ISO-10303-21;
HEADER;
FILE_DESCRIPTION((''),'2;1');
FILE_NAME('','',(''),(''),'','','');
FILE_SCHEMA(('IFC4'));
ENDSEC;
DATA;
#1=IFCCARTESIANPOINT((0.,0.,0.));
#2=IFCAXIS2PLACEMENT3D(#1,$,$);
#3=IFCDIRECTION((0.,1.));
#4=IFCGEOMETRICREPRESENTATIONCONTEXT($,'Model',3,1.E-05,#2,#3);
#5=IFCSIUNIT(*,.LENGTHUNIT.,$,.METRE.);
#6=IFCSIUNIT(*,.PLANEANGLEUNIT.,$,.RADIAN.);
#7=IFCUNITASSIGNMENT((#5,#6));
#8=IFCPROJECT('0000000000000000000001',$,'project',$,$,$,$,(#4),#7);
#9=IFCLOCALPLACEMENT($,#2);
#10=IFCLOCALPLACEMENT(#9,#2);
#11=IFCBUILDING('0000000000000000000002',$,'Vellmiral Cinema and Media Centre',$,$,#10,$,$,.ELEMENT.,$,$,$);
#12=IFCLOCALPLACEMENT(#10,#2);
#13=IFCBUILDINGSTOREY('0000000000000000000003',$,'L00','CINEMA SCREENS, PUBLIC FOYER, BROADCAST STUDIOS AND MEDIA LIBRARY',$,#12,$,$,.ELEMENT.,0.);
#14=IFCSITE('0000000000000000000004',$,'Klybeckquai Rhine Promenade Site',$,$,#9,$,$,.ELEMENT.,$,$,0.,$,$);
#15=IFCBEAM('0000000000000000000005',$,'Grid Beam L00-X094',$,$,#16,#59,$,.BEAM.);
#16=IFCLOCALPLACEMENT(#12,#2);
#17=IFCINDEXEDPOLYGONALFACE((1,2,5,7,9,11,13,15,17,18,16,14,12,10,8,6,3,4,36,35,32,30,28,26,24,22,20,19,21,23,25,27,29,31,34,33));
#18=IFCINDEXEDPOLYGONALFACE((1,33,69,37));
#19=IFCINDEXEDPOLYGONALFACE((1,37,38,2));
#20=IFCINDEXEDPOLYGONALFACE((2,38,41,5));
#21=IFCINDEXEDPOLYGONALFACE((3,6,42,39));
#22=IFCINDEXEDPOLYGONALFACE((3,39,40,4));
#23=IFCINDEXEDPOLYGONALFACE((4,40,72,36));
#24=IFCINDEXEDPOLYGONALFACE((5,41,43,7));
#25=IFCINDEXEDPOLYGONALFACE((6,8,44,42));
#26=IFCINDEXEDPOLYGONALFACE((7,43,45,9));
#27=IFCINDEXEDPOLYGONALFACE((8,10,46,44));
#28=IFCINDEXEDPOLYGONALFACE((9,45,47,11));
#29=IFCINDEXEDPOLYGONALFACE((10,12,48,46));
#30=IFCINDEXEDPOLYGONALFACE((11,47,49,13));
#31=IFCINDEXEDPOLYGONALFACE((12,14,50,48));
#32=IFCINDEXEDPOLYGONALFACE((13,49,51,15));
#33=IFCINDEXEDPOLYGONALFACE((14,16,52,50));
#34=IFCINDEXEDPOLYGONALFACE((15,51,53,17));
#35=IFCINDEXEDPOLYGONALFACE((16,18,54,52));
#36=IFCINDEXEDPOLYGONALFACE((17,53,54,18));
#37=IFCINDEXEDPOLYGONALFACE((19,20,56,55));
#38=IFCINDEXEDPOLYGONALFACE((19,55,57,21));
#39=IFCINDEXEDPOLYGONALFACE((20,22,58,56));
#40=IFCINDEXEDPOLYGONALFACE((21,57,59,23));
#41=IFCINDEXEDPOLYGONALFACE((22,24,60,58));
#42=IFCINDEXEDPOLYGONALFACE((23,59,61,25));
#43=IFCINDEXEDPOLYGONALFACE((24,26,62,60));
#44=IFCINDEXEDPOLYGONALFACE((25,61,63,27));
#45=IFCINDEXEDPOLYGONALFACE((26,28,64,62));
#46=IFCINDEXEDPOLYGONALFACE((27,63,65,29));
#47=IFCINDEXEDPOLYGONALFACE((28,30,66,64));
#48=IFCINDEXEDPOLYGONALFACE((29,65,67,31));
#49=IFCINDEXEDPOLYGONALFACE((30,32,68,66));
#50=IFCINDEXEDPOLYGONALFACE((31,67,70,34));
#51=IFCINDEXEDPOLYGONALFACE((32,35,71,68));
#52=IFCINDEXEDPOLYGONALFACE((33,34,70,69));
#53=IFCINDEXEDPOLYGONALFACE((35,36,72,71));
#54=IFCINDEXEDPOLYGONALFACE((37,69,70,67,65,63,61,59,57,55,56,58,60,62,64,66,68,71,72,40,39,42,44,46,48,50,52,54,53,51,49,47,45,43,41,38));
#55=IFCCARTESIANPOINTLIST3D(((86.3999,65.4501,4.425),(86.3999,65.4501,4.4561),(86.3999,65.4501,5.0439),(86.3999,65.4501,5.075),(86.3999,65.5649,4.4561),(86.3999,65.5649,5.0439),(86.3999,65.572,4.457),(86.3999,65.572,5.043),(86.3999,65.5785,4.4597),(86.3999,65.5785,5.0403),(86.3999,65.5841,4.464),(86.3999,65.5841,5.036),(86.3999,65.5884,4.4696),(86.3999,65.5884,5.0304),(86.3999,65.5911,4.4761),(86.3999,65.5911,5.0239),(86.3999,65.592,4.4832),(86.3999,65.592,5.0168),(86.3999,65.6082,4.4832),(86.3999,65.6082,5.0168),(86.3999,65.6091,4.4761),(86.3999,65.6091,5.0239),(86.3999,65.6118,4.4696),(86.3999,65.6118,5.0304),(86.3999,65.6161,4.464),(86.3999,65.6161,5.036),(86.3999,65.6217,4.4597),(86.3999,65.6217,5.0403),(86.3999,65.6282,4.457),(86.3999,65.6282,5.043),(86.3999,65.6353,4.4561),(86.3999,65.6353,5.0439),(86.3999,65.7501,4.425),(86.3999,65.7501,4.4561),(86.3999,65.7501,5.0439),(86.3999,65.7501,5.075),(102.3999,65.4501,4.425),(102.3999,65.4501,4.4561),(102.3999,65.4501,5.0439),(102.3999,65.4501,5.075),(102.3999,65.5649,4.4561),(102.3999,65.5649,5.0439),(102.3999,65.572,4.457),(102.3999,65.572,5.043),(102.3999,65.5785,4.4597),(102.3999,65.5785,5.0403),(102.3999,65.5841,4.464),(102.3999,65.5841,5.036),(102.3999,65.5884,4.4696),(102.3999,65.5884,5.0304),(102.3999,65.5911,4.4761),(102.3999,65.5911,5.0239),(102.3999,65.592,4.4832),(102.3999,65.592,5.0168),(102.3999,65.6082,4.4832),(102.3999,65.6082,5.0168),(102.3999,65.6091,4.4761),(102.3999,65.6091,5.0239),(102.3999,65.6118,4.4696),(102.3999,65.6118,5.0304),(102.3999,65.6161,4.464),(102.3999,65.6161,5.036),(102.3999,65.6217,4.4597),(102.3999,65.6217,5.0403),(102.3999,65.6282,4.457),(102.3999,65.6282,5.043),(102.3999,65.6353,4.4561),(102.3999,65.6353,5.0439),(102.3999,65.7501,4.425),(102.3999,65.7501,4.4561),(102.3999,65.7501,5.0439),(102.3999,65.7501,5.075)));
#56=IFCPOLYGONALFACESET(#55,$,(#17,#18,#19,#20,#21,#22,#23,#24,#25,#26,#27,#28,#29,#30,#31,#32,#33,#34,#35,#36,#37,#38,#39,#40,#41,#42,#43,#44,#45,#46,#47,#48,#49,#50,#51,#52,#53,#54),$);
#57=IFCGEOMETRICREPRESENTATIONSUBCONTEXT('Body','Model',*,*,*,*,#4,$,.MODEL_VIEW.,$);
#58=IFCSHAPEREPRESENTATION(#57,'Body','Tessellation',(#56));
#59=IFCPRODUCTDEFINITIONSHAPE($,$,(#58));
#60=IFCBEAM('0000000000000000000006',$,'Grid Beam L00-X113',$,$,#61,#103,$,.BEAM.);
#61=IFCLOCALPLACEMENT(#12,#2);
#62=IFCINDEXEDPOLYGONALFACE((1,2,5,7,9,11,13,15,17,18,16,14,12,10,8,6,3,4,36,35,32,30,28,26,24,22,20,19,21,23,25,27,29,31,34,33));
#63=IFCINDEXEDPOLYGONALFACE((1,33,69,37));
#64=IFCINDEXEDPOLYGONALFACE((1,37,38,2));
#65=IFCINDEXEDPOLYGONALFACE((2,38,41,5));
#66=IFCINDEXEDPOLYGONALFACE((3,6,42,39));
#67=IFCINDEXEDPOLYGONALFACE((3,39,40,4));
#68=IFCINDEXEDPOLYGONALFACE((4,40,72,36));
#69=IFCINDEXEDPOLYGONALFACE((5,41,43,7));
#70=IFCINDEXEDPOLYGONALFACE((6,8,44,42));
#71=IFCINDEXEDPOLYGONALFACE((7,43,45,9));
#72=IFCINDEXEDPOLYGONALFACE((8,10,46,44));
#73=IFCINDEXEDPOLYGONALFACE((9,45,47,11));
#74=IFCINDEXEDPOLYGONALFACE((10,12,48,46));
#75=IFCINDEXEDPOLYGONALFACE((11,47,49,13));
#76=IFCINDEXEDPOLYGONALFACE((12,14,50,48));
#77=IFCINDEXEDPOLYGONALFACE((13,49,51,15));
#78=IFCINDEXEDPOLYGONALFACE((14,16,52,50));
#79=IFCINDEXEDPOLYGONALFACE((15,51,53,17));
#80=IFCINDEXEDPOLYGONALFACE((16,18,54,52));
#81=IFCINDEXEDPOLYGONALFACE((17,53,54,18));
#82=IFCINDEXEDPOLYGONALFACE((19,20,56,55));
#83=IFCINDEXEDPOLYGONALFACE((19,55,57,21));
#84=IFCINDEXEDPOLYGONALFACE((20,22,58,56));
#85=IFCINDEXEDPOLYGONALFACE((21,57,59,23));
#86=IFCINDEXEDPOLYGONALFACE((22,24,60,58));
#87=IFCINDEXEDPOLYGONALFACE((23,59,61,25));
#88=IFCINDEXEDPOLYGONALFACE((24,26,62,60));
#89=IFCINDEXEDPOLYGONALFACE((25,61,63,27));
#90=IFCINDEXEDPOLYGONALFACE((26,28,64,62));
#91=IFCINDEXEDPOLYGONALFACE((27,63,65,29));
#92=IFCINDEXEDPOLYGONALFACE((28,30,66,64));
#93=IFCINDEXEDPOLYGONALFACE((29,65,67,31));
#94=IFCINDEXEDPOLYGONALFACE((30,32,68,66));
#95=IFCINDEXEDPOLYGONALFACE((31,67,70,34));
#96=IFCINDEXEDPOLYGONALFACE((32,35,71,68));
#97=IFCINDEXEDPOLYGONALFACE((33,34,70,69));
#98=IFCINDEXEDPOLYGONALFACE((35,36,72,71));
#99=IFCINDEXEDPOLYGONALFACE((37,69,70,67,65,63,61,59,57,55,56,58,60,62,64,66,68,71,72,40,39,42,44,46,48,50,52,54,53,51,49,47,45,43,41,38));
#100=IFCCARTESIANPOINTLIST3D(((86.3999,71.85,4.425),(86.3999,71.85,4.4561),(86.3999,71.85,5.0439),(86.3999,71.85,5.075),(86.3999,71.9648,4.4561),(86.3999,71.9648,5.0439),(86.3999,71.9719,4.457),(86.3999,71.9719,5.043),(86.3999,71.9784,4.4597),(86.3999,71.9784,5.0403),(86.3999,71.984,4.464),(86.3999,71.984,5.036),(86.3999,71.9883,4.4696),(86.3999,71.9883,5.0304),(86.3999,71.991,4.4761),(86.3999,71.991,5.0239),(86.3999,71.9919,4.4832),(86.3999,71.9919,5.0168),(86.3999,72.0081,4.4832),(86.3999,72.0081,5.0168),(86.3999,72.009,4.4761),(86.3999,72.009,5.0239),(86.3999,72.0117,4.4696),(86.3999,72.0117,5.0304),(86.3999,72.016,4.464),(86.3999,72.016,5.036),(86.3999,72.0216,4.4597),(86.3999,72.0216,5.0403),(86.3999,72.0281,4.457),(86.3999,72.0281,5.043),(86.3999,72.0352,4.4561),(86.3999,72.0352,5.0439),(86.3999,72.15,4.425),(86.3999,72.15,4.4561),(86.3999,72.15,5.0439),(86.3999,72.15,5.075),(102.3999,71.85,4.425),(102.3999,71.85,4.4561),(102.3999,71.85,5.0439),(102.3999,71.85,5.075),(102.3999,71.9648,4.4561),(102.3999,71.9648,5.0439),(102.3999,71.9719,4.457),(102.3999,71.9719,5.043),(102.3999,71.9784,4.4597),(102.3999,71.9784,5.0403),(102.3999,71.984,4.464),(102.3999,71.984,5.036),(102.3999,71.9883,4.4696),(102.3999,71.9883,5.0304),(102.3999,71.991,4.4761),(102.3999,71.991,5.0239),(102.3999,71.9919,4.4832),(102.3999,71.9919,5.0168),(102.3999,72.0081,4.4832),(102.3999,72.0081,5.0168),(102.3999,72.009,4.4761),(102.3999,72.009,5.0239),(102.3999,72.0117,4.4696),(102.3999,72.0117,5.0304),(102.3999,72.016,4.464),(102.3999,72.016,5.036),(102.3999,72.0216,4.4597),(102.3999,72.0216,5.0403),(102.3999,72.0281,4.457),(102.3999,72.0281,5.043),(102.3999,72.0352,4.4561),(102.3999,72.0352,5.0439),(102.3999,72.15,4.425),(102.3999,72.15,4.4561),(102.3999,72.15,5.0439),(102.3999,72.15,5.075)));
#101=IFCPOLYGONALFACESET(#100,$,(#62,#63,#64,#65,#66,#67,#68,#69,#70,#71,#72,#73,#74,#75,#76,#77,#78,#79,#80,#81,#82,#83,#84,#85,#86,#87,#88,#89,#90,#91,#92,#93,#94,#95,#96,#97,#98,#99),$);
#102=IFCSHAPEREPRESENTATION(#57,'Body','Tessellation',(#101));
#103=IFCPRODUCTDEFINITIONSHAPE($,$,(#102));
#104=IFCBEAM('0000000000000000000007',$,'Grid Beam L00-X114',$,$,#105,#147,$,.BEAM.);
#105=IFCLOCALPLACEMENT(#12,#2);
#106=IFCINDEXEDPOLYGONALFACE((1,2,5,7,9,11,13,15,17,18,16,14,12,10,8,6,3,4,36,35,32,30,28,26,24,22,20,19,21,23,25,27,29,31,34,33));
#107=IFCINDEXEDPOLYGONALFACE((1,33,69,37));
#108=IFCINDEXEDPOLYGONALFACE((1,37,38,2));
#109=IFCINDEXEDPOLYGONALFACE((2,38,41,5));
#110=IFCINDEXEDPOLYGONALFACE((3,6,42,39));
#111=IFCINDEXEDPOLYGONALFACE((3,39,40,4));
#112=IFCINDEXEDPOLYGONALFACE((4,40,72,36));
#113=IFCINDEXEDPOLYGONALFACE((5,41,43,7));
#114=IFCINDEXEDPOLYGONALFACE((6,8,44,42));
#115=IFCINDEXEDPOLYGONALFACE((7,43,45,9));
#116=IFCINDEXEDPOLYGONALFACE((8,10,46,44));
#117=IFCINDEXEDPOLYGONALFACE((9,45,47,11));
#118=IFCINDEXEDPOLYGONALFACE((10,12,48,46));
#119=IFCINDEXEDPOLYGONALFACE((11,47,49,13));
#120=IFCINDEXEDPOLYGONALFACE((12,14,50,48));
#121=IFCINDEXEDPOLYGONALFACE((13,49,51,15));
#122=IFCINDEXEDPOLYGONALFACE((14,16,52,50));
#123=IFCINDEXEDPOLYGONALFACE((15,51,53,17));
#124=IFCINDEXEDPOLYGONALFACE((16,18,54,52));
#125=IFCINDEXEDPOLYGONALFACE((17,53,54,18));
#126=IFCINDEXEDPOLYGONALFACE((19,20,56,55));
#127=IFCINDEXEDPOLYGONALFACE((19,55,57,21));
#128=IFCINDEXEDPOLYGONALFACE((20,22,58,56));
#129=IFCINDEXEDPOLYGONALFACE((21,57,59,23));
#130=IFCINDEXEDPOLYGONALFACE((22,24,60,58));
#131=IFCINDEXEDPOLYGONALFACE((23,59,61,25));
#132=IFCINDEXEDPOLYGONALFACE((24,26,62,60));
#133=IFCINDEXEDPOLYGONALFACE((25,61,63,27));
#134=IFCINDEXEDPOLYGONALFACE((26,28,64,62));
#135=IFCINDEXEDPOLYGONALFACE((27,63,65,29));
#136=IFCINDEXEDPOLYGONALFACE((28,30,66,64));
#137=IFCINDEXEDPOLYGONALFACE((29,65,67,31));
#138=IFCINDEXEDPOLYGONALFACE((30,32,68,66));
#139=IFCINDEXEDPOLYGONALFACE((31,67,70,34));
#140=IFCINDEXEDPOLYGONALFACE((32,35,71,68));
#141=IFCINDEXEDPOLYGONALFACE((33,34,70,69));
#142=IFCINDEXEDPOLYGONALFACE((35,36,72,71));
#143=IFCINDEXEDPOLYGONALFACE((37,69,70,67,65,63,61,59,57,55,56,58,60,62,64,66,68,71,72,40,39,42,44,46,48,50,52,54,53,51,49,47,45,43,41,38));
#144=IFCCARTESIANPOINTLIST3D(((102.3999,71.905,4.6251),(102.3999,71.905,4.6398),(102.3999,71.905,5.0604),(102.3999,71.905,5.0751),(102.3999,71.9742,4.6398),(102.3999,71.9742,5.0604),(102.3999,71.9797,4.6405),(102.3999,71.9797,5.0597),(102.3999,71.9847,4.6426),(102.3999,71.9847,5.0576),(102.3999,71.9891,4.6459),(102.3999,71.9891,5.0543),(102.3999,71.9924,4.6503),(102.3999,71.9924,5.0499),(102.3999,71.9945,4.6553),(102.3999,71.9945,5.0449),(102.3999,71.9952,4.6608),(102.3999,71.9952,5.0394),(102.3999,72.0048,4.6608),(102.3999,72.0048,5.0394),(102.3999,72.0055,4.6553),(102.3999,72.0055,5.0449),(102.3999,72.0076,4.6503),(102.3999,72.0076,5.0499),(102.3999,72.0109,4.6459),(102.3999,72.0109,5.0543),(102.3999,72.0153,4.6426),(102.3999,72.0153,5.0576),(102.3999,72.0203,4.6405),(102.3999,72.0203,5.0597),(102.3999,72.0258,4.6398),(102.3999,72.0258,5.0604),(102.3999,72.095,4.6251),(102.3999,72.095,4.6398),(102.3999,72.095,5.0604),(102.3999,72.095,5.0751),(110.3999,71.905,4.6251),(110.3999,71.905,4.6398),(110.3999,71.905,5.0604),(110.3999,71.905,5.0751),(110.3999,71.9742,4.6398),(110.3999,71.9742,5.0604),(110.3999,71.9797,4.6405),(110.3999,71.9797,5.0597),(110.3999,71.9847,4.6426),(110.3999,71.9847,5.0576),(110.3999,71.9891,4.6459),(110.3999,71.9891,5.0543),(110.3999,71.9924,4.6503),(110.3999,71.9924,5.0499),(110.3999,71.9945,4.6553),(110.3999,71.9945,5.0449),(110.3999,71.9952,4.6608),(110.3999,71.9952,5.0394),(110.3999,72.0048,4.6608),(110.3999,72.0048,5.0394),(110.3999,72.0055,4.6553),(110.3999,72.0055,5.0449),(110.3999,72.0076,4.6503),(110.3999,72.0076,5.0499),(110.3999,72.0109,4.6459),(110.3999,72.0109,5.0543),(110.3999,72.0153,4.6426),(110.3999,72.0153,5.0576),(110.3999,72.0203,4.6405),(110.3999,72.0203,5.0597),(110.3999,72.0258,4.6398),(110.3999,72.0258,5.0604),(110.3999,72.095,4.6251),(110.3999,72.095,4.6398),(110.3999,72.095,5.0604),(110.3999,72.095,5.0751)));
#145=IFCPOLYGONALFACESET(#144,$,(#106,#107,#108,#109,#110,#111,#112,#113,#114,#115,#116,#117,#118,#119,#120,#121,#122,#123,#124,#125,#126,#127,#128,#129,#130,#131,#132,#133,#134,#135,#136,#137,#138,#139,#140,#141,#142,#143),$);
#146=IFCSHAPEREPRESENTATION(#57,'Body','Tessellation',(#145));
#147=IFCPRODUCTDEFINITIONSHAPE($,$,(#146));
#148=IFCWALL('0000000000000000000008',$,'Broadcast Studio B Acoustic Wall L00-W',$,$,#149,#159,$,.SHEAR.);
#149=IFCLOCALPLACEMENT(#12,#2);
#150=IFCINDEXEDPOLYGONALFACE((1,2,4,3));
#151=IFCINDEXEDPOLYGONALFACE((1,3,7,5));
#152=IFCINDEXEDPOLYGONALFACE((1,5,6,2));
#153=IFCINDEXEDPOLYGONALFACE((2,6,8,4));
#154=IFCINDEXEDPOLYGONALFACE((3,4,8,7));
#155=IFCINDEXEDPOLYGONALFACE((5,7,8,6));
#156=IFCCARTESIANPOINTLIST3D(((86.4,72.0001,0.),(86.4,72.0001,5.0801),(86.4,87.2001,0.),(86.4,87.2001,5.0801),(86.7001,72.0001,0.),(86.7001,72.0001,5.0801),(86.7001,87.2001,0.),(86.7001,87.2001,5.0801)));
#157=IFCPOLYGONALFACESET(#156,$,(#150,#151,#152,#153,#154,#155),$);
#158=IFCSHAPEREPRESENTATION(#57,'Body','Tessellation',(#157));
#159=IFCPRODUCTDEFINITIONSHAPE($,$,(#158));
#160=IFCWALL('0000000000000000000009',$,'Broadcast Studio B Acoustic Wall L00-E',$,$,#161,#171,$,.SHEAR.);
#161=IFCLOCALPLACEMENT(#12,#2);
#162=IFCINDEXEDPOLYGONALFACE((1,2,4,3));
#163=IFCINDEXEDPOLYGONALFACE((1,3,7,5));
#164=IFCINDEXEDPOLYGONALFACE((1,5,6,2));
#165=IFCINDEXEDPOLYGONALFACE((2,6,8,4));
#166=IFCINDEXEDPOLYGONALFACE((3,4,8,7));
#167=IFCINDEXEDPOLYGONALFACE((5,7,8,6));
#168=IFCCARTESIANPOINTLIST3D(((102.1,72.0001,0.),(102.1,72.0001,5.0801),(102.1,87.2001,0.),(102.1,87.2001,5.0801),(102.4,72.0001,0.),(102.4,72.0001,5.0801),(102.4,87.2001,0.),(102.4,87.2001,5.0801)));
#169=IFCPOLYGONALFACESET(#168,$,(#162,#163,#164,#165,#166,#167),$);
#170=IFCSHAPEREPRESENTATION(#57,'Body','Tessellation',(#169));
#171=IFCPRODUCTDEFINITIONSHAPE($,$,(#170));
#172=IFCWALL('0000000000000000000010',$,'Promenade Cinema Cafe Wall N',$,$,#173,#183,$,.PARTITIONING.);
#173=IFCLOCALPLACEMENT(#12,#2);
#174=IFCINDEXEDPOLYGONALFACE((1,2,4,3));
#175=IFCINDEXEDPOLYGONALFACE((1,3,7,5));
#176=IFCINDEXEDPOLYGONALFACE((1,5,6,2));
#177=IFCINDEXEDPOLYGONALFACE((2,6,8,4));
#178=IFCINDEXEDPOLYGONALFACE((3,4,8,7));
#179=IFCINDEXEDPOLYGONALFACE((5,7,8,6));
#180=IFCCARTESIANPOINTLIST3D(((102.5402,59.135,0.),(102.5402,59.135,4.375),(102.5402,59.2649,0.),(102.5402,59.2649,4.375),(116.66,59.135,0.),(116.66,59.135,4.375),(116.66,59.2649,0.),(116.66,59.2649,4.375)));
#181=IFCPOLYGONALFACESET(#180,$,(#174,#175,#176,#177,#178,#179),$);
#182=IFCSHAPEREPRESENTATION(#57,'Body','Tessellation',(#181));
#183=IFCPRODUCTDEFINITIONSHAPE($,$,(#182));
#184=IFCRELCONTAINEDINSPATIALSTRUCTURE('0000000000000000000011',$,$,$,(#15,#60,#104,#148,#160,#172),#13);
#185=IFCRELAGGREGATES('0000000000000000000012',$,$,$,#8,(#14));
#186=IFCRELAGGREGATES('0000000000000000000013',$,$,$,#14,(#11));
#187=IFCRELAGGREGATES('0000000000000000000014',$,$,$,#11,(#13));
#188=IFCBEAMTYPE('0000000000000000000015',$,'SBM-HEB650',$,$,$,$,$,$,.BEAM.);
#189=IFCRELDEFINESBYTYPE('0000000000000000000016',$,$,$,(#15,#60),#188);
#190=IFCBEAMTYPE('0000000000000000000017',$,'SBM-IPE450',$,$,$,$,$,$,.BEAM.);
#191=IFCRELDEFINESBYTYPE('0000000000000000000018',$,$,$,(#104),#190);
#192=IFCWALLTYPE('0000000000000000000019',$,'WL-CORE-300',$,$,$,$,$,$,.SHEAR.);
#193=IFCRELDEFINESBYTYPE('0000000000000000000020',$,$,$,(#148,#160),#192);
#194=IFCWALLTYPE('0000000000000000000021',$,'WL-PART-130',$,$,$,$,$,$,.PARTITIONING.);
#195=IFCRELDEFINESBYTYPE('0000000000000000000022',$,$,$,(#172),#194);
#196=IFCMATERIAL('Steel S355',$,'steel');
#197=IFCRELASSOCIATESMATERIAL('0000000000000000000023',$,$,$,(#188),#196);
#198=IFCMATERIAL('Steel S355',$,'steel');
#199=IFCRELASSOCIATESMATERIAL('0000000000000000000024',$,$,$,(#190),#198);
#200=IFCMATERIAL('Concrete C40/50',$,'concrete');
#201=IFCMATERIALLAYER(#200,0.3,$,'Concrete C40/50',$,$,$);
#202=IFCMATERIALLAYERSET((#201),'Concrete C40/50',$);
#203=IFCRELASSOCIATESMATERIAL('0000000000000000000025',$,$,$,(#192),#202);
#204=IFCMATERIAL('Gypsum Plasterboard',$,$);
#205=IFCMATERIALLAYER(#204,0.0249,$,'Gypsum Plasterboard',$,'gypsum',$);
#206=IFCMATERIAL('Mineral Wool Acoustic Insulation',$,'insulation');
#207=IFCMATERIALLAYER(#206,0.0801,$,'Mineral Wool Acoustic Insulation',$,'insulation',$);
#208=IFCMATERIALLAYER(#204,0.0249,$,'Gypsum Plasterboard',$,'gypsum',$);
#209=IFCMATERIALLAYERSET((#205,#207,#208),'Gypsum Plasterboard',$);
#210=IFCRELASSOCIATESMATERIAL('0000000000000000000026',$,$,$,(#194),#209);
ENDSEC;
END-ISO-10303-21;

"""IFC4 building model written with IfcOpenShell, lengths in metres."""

from ifc_helpers import new_model, si_unit, direction, frame, frame_2d, origin, origin_2d, place, context, subcontext, project, spatial, rectangle, i_section, extrude, material, layer, layer_set, material_profile, profile_set, type_object, element, save


model = new_model("IFC4")

# Units and contexts
model_context = context("Model", 3, precision=1e-05, world=origin(), true_north=direction((0.0, 1.0)))
body_context = subcontext(model_context, "Body", "Model", "MODEL_VIEW")
ifc_project = project(units=[si_unit("LENGTHUNIT", "METRE"), si_unit("PLANEANGLEUNIT", "RADIAN")], contexts=[model_context])

# Site, building, storey
site_placement = place(None, origin())
site = spatial("IfcSite", under=ifc_project, at=site_placement, Name="Klybeckquai Rhine Promenade Site", CompositionType="ELEMENT", RefElevation=0.0)
building_placement = place(site_placement, origin())
building = spatial("IfcBuilding", under=site, at=building_placement, Name="Vellmiral Cinema and Media Centre", CompositionType="ELEMENT")
storey_placement = place(building_placement, origin())
storey = spatial("IfcBuildingStorey", under=building, at=storey_placement, Name="L00", Description="CINEMA SCREENS, PUBLIC FOYER, BROADCAST STUDIOS AND MEDIA LIBRARY", CompositionType="ELEMENT", Elevation=0.0)

# Beams
ifc_material_1 = material(Name="Steel S355", Category="steel")
ifc_material_profile_1 = material_profile(ifc_material_1, i_section(OverallWidth=0.3, OverallDepth=0.6499, WebThickness=0.0161, FlangeThickness=0.031, FilletRadius=0.0271, at=origin_2d()), Name="HEB 650")
ifc_profile_set_1 = profile_set([ifc_material_profile_1], Name="Steel S355")
beam_type_1 = type_object("IfcBeamType", Name="SBM-HEB650", PredefinedType="BEAM", material=ifc_profile_set_1)
for number, where, z_axis, x_axis, name in (
    (1, (86.3999, 65.6001, 4.75), (1.0, 0.0, 0.0), (0.0, 1.0, 0.0), "Grid Beam L00-X094"),
    (2, (86.3999, 72.0, 4.75), (1.0, 0.0, 0.0), (0.0, 1.0, 0.0), "Grid Beam L00-X113"),
):
    element("IfcBeam", number, at=place(storey_placement, frame(where, z_axis=z_axis, x_axis=x_axis)), inside=storey, type_object=beam_type_1, Name=name, PredefinedType="BEAM", context=body_context, shape_type="SweptSolid", body=[
        extrude(i_section(OverallWidth=0.3, OverallDepth=0.6499, WebThickness=0.0161, FlangeThickness=0.031, FilletRadius=0.0271, at=origin_2d()), origin(), (0.0, 0.0, 1.0), 16.0),
    ])
ifc_material_2 = material(Name="Steel S355", Category="steel")
ifc_material_profile_2 = material_profile(ifc_material_2, i_section(OverallWidth=0.1899, OverallDepth=0.45, WebThickness=0.0095, FlangeThickness=0.0146, FilletRadius=0.021, at=origin_2d()), Name="IPE 450")
ifc_profile_set_2 = profile_set([ifc_material_profile_2], Name="Steel S355")
beam_type_2 = type_object("IfcBeamType", Name="SBM-IPE450", PredefinedType="BEAM", material=ifc_profile_set_2)
beam_1_placement = place(storey_placement, frame((102.3999, 72.0, 4.8501), z_axis=(1.0, 0.0, 0.0), x_axis=(0.0, 1.0, 0.0)))
element("IfcBeam", 3, at=beam_1_placement, inside=storey, type_object=beam_type_2, Name="Grid Beam L00-X114", PredefinedType="BEAM", context=body_context, shape_type="SweptSolid", body=[
    extrude(i_section(OverallWidth=0.1899, OverallDepth=0.45, WebThickness=0.0095, FlangeThickness=0.0146, FilletRadius=0.021, at=origin_2d()), origin(), (0.0, 0.0, 1.0), 8.0),
])

# Walls
ifc_material_3 = material(Name="Concrete C40/50", Category="concrete")
ifc_layer_1 = layer(ifc_material_3, 0.3, Name="Concrete C40/50")
ifc_layer_set_1 = layer_set([ifc_layer_1], Name="Concrete C40/50")
wall_type_1 = type_object("IfcWallType", Name="WL-CORE-300", PredefinedType="SHEAR", material=ifc_layer_set_1)
for number, where, z_axis, x_axis, name in (
    (4, (86.55, 72.0, 0.0), (0.0, 0.0, 1.0), (0.0, 1.0, 0.0), "Broadcast Studio B Acoustic Wall L00-W"),
    (5, (102.25, 72.0, 0.0), (0.0, 0.0, 1.0), (0.0, 1.0, 0.0), "Broadcast Studio B Acoustic Wall L00-E"),
):
    element("IfcWall", number, at=place(storey_placement, frame(where, z_axis=z_axis, x_axis=x_axis)), inside=storey, type_object=wall_type_1, Name=name, PredefinedType="SHEAR", context=body_context, shape_type="SweptSolid", body=[
        extrude(rectangle(XDim=15.2, YDim=0.3, at=frame_2d((7.6001, 0.0))), origin(), (0.0, 0.0, 1.0), 5.0801),
    ])
ifc_material_4 = material(Name="Gypsum Plasterboard")
ifc_layer_2 = layer(ifc_material_4, 0.0249, Name="Gypsum Plasterboard", Category="gypsum")
ifc_material_5 = material(Name="Mineral Wool Acoustic Insulation", Category="insulation")
ifc_layer_3 = layer(ifc_material_5, 0.0801, Name="Mineral Wool Acoustic Insulation", Category="insulation")
ifc_layer_4 = layer(ifc_material_4, 0.0249, Name="Gypsum Plasterboard", Category="gypsum")
ifc_layer_set_2 = layer_set([ifc_layer_2, ifc_layer_3, ifc_layer_4], Name="Gypsum Plasterboard")
wall_type_2 = type_object("IfcWallType", Name="WL-PART-130", PredefinedType="PARTITIONING", material=ifc_layer_set_2)
wall_1_placement = place(storey_placement, frame((102.54, 59.2, 0.0), z_axis=(0.0, 0.0, 1.0), x_axis=(1.0, 0.0, 0.0)))
element("IfcWall", 6, at=wall_1_placement, inside=storey, type_object=wall_type_2, Name="Promenade Cinema Cafe Wall N", PredefinedType="PARTITIONING", context=body_context, shape_type="SweptSolid", body=[
    extrude(rectangle(XDim=14.1199, YDim=0.1299, at=frame_2d((7.0601, 0.0))), origin(), (0.0, 0.0, 1.0), 4.375),
])

save(model, "model.ifc")
